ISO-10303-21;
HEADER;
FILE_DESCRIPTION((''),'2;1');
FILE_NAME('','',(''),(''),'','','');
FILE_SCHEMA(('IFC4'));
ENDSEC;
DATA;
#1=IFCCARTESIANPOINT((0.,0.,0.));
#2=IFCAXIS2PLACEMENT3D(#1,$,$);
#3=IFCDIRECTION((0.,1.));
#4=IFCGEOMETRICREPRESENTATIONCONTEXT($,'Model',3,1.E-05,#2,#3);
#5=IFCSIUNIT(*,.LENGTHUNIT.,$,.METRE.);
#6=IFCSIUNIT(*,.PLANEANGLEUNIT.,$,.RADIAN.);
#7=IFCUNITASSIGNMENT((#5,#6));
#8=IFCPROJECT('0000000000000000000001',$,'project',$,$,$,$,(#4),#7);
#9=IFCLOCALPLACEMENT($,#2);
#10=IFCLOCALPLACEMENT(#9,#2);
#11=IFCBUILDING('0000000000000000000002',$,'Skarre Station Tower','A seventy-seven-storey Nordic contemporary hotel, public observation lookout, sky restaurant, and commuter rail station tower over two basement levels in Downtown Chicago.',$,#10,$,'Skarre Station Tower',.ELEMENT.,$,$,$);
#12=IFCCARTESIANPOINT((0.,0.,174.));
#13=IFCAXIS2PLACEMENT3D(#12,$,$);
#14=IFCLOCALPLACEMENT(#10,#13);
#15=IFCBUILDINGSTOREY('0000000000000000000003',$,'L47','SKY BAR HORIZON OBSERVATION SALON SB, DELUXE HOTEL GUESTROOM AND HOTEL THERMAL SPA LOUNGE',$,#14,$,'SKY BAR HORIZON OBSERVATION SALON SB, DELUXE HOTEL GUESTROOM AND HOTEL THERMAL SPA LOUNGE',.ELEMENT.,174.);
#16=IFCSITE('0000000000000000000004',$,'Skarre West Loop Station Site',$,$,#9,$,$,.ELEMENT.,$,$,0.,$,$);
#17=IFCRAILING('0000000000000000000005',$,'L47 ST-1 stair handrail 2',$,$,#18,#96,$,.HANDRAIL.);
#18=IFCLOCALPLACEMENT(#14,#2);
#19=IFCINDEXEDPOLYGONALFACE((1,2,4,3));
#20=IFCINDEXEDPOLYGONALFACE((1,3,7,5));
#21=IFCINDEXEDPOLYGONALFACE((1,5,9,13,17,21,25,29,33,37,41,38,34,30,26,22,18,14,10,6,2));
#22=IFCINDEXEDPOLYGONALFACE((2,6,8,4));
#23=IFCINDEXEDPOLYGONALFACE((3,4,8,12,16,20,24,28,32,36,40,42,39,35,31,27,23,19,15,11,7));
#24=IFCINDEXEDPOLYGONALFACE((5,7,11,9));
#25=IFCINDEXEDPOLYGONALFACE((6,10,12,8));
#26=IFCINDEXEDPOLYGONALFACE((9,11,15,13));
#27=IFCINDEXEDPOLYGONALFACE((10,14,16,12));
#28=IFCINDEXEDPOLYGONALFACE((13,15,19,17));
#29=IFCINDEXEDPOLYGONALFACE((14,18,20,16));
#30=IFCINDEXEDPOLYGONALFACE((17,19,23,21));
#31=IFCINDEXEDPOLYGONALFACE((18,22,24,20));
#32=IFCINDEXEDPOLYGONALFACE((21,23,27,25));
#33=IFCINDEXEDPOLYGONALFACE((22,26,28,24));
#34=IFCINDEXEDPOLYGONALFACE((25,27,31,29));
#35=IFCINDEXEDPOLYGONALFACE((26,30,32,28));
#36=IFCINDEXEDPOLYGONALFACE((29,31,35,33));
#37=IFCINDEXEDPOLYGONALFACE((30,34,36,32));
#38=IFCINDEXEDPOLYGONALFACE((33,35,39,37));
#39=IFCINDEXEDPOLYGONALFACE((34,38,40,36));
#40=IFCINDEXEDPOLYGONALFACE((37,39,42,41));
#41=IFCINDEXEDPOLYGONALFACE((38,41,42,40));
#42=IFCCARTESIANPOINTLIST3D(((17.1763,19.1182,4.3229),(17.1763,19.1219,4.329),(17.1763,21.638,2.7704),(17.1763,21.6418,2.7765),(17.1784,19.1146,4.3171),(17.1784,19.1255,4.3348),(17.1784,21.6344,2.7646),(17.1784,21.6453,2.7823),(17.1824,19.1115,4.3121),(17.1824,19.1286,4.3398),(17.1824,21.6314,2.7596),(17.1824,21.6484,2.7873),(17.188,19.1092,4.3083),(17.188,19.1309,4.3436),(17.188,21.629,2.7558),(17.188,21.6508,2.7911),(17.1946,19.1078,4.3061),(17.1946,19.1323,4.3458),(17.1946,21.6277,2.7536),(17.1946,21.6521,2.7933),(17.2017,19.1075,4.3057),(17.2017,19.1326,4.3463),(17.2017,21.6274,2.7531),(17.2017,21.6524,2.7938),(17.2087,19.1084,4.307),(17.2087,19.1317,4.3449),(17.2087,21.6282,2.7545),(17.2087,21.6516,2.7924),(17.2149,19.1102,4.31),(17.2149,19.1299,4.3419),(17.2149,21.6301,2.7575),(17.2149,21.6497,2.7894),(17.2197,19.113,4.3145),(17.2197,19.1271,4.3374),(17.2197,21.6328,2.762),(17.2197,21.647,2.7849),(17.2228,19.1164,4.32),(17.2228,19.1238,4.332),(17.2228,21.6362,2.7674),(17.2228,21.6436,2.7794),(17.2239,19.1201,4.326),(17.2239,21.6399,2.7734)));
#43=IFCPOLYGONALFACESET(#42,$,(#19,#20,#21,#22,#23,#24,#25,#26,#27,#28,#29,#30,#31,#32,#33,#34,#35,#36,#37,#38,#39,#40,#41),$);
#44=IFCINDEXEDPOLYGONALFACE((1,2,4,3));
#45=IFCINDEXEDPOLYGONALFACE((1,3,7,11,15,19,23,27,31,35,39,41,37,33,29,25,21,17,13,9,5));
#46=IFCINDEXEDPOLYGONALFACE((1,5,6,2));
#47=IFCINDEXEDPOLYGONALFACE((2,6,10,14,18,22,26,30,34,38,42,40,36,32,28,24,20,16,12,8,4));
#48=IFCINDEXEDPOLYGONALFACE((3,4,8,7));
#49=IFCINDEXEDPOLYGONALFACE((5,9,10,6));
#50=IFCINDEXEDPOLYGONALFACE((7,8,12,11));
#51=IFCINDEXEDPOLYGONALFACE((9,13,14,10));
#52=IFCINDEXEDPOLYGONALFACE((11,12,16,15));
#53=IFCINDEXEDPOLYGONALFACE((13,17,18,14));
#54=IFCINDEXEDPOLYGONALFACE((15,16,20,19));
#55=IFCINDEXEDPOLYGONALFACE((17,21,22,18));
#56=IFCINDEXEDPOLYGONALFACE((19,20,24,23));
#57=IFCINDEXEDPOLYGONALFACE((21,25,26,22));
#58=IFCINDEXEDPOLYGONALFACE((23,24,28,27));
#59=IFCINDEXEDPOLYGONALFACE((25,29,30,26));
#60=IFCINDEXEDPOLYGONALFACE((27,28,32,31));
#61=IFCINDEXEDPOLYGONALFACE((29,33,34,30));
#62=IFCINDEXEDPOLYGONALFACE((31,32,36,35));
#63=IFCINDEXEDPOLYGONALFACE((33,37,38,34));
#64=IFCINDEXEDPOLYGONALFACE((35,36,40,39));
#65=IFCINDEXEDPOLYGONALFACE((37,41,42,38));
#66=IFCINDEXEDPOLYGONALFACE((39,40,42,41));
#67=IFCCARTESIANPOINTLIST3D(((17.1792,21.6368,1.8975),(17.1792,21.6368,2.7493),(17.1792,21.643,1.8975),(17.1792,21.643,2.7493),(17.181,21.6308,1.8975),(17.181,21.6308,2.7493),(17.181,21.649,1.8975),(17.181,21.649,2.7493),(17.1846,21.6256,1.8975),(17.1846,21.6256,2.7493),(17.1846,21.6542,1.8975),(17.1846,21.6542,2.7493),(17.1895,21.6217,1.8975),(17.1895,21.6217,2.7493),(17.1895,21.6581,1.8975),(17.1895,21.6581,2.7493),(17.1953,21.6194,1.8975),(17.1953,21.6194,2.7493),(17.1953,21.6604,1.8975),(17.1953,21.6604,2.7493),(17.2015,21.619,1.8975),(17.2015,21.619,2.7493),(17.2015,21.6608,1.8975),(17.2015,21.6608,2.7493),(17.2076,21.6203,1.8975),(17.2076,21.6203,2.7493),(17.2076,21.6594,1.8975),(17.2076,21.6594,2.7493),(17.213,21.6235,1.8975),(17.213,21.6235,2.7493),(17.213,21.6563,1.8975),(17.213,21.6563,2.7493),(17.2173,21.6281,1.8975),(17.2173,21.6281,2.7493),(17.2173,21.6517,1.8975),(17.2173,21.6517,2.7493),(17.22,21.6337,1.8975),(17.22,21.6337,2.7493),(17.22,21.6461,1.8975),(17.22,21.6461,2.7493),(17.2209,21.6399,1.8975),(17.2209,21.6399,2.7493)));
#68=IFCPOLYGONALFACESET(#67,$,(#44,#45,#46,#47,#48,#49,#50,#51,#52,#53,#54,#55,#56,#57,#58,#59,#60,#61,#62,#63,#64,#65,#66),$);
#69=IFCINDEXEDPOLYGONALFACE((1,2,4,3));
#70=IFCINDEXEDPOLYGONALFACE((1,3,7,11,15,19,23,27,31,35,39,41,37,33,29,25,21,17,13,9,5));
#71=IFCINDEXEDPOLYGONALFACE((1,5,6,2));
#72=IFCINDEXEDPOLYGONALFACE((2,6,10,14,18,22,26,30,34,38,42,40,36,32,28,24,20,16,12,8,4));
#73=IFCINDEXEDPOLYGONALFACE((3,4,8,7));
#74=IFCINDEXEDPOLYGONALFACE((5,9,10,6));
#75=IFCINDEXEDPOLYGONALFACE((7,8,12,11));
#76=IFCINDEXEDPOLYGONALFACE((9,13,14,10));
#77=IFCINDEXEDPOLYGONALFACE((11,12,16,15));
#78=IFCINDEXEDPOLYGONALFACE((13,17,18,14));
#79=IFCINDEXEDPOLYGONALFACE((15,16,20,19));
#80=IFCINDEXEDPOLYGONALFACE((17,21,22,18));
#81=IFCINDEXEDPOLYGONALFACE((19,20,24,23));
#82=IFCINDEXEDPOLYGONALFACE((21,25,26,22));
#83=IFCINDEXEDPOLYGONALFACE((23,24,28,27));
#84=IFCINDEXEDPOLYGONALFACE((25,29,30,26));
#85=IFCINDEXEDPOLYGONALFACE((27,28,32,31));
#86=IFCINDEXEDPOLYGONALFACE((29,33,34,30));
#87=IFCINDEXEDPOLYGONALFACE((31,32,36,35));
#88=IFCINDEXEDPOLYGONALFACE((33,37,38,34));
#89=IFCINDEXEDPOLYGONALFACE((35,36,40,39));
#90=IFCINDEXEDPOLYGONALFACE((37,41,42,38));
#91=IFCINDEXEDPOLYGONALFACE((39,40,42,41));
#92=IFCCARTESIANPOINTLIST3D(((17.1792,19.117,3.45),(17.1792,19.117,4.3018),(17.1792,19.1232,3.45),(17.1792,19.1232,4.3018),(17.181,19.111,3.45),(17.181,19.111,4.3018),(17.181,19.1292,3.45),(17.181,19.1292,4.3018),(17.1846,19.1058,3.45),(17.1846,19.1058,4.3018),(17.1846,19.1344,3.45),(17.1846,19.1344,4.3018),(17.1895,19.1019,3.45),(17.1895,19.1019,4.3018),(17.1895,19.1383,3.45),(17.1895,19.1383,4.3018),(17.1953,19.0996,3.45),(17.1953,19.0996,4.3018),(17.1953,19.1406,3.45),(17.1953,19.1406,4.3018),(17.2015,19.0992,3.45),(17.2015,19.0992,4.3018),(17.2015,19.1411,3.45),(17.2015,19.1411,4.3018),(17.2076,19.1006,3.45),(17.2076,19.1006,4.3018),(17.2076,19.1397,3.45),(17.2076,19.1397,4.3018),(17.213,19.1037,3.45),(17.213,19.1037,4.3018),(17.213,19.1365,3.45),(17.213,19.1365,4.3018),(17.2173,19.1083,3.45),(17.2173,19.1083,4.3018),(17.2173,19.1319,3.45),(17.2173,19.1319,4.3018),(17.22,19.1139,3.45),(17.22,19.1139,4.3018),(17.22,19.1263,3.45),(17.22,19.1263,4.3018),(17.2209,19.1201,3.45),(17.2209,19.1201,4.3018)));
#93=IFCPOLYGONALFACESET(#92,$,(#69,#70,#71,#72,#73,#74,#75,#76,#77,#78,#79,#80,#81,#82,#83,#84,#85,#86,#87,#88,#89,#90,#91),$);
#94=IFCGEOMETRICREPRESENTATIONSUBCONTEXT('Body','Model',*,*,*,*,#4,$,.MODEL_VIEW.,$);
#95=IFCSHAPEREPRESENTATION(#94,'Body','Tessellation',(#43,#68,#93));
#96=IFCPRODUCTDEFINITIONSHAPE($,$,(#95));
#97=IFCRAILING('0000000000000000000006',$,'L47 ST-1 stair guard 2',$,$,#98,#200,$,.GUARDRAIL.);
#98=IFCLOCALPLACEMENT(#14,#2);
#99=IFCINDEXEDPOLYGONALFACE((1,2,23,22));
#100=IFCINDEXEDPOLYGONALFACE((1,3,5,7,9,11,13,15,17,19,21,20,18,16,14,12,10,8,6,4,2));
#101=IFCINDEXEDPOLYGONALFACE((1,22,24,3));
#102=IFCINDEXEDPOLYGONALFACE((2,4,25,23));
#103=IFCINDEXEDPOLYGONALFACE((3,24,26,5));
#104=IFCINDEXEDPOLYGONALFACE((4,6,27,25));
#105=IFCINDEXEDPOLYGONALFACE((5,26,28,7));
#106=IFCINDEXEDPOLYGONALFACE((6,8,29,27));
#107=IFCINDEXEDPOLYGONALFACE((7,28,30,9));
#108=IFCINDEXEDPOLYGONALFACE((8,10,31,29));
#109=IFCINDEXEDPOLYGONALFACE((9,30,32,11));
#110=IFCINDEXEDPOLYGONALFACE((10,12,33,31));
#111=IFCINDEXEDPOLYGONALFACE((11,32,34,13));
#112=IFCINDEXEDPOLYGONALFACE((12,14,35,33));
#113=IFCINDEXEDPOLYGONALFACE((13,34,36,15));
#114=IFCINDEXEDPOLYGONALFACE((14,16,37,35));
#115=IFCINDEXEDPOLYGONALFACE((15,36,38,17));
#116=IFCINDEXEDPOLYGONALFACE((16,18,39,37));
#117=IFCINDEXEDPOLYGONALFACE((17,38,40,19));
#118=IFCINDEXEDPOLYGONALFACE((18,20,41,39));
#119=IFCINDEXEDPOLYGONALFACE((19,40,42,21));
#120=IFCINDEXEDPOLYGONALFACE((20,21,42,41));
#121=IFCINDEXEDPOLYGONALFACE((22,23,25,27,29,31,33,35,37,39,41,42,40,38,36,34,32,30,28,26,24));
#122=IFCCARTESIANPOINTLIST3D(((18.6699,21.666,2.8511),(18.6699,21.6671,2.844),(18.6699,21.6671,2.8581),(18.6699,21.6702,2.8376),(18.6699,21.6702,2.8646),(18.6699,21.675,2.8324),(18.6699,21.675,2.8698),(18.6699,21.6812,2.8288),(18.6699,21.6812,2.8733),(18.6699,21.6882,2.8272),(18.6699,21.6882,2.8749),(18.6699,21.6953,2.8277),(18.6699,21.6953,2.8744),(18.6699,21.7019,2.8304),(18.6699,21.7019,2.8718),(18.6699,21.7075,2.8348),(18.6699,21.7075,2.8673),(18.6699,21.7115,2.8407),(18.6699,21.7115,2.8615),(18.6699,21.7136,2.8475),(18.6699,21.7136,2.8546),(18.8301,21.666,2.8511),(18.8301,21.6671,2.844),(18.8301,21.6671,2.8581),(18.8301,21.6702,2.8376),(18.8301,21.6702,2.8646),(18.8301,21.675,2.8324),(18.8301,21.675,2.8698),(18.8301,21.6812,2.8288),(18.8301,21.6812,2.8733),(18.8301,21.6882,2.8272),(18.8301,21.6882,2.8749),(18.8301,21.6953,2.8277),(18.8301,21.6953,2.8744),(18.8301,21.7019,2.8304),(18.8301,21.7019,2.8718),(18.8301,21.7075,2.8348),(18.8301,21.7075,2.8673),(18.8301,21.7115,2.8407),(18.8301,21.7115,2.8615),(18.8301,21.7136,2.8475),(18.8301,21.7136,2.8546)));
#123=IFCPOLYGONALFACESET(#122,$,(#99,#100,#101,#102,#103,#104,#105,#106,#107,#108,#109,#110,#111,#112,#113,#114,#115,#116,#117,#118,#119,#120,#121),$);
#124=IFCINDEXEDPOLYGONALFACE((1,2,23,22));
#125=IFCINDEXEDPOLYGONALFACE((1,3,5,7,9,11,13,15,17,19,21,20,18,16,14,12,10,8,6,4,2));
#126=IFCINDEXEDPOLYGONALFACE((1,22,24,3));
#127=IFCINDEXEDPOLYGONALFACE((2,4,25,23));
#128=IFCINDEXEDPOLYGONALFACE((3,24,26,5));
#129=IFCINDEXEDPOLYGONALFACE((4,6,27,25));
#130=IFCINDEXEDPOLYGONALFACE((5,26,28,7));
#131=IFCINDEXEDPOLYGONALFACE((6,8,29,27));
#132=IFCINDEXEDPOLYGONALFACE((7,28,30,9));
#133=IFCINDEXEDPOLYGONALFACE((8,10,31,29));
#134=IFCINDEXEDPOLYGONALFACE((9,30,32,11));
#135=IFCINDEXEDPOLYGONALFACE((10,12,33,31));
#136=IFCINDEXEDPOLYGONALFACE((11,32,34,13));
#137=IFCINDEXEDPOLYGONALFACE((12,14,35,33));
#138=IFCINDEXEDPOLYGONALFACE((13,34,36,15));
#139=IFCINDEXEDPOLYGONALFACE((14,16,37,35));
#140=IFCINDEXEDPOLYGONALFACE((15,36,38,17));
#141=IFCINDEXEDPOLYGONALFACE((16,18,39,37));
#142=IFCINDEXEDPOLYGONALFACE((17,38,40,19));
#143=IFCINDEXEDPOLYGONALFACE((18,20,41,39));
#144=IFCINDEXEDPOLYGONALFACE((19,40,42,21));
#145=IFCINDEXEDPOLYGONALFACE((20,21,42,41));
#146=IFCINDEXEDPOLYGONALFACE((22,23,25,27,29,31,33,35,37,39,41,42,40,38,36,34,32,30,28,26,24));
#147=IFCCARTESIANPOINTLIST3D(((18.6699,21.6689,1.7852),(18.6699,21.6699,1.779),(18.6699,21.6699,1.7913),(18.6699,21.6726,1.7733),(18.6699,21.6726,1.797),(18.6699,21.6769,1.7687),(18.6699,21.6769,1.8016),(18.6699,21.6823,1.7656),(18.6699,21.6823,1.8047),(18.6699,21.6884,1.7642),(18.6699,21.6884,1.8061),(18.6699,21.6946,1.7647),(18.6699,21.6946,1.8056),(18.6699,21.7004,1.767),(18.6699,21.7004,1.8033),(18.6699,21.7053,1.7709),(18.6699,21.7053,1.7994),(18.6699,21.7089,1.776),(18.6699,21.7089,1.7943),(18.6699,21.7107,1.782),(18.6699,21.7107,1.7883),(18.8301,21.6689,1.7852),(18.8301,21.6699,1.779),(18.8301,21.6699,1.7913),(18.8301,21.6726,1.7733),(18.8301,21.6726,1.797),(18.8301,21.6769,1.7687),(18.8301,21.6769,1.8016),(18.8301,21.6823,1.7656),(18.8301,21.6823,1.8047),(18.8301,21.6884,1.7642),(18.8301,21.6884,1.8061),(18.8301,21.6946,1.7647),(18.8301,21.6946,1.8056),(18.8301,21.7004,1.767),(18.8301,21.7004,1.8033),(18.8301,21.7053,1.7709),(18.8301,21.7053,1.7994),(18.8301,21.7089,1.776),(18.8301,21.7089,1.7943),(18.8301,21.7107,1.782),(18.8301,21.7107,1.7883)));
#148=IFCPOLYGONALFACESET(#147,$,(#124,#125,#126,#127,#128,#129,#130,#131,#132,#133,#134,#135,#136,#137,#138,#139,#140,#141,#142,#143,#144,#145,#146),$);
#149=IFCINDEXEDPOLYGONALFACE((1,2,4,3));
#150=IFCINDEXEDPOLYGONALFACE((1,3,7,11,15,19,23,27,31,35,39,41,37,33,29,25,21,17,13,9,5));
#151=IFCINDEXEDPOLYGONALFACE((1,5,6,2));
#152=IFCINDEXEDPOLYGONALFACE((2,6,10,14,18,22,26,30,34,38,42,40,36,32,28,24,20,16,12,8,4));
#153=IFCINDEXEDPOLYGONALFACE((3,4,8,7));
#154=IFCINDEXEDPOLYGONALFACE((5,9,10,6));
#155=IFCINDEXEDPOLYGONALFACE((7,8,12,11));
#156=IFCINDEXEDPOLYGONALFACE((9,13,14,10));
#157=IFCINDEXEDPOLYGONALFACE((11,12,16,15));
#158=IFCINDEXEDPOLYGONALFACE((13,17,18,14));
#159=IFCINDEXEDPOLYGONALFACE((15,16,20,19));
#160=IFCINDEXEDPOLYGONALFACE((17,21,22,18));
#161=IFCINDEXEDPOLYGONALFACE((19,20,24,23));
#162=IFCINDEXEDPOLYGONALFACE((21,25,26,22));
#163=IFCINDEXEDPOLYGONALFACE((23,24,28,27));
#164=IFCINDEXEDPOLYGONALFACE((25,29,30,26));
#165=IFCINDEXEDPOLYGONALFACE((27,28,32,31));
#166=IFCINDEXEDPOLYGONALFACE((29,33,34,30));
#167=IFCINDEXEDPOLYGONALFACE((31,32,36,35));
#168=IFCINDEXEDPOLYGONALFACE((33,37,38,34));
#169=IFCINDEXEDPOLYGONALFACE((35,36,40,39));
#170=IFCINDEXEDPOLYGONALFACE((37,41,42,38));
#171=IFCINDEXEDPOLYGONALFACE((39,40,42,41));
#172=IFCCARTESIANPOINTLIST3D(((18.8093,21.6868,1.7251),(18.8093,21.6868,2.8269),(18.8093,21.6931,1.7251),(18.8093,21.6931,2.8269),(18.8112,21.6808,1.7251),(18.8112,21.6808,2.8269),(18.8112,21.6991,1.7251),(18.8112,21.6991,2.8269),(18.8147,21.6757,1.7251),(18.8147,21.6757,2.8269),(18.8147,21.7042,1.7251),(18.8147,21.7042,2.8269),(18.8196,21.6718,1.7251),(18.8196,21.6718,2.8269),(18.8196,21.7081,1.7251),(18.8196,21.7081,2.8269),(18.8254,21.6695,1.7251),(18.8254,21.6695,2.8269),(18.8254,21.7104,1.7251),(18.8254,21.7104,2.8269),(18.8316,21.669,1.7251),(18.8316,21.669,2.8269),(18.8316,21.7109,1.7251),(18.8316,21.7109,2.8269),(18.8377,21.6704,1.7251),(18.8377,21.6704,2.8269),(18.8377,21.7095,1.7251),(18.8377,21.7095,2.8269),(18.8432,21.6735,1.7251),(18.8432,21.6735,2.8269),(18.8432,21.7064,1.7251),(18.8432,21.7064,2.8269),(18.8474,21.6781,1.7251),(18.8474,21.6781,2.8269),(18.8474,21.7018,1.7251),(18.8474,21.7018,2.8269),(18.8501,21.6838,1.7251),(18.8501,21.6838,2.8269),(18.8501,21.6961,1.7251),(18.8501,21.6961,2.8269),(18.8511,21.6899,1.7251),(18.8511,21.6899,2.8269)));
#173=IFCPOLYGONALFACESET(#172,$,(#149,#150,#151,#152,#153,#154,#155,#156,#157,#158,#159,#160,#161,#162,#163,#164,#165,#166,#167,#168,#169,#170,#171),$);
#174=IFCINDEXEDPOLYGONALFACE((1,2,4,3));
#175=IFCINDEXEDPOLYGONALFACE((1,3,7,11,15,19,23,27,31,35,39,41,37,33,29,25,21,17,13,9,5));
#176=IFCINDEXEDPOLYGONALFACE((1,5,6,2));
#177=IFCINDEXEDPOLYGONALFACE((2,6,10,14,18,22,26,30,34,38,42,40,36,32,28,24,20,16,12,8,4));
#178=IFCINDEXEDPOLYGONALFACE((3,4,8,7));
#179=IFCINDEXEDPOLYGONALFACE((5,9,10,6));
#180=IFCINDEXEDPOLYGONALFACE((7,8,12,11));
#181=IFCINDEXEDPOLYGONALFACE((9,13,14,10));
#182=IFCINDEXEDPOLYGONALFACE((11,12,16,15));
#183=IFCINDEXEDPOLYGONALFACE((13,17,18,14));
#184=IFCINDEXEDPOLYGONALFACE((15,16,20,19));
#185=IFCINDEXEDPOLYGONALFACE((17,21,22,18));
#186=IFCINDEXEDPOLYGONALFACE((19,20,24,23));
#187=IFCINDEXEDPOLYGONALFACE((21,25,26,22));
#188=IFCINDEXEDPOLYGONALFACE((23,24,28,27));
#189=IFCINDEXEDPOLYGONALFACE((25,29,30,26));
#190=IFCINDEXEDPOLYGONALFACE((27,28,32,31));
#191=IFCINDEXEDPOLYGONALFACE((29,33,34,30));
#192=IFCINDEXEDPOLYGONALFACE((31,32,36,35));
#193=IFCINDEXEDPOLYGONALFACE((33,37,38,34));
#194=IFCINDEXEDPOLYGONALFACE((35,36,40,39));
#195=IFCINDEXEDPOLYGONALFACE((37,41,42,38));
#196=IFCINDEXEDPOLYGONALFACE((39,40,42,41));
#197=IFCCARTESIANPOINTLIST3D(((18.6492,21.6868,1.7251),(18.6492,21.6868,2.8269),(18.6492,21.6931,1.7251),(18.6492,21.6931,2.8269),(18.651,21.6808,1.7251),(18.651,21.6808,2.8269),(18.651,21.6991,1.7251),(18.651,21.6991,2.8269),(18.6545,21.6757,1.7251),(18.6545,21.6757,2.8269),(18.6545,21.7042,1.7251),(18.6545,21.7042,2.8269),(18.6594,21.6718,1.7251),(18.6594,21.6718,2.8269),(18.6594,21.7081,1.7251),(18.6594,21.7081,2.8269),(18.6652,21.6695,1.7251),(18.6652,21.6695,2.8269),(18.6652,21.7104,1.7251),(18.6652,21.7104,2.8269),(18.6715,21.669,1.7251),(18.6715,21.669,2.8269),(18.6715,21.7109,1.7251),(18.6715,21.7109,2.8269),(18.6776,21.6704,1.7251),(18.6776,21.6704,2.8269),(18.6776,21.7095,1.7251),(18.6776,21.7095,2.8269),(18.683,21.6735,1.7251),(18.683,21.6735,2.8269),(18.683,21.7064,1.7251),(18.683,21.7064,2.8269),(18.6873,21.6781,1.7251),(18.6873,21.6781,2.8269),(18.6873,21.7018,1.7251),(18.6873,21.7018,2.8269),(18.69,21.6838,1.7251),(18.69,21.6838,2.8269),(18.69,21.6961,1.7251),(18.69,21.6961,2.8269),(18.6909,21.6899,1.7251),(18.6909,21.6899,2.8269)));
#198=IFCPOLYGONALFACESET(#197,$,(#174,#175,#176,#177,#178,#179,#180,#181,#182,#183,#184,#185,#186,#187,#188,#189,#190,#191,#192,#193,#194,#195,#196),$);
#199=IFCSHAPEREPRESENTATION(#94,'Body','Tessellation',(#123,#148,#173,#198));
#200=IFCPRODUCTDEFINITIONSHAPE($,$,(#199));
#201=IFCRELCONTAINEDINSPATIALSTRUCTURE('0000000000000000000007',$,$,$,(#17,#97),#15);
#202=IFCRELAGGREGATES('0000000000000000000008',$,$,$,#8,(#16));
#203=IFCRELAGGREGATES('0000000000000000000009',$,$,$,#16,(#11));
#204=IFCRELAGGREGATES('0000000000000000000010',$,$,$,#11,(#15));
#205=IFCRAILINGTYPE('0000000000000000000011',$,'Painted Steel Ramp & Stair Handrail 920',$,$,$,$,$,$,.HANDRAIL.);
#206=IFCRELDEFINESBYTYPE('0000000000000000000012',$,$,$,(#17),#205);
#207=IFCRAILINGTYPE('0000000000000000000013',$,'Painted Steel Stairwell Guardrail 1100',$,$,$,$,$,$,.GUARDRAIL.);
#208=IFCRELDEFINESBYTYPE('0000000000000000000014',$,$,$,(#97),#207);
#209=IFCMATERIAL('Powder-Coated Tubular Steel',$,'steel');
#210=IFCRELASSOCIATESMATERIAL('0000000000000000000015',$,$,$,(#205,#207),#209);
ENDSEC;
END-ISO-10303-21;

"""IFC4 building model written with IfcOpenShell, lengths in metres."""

from ifc_helpers import new_model, si_unit, direction, frame, origin, origin_2d, place, context, subcontext, project, spatial, circle, extrude, material, type_object, element, save


model = new_model("IFC4")

# Units and contexts
model_context = context("Model", 3, precision=1e-05, world=origin(), true_north=direction((0.0, 1.0)))
body_context = subcontext(model_context, "Body", "Model", "MODEL_VIEW")
ifc_project = project(units=[si_unit("LENGTHUNIT", "METRE"), si_unit("PLANEANGLEUNIT", "RADIAN")], contexts=[model_context])

# Site, building, storey
site_placement = place(None, origin())
site = spatial("IfcSite", under=ifc_project, at=site_placement, Name="Skarre West Loop Station Site", CompositionType="ELEMENT", RefElevation=0.0)
building_placement = place(site_placement, origin())
building = spatial("IfcBuilding", under=site, at=building_placement, Name="Skarre Station Tower", Description="A seventy-seven-storey Nordic contemporary hotel, public observation lookout, sky restaurant, and commuter rail station tower over two basement levels in Downtown Chicago.", LongName="Skarre Station Tower", CompositionType="ELEMENT")
storey_placement = place(building_placement, frame((0.0, 0.0, 174.0)))
storey = spatial("IfcBuildingStorey", under=building, at=storey_placement, Name="L47", Description="SKY BAR HORIZON OBSERVATION SALON SB, DELUXE HOTEL GUESTROOM AND HOTEL THERMAL SPA LOUNGE", LongName="SKY BAR HORIZON OBSERVATION SALON SB, DELUXE HOTEL GUESTROOM AND HOTEL THERMAL SPA LOUNGE", CompositionType="ELEMENT", Elevation=174.0)

# Railings
ifc_material_1 = material(Name="Powder-Coated Tubular Steel", Category="steel")
railing_type_1 = type_object("IfcRailingType", Name="Painted Steel Ramp & Stair Handrail 920", PredefinedType="HANDRAIL", material=ifc_material_1)
railing_1_placement = place(storey_placement, frame((17.2, 21.6399, 1.8975)))
element("IfcRailing", 1, at=railing_1_placement, inside=storey, type_object=railing_type_1, Name="L47 ST-1 stair handrail 2", PredefinedType="HANDRAIL", context=body_context, shape_type="SweptSolid", body=[
    extrude(circle(Radius=0.0239, at=origin_2d()), frame((0.0, 0.0, 0.876), z_axis=(0.0, -0.851378, 0.524553), x_axis=(1.0, 0.0, 0.0)), (0.0, 0.0, 1.0), 2.9597),
    extrude(circle(Radius=0.021, at=origin_2d()), origin(), (0.0, 0.0, 1.0), 0.8518),
    extrude(circle(Radius=0.021, at=origin_2d()), frame((0.0, -2.5198, 1.5525)), (0.0, 0.0, 1.0), 0.8518),
])
railing_type_2 = type_object("IfcRailingType", Name="Painted Steel Stairwell Guardrail 1100", PredefinedType="GUARDRAIL", material=ifc_material_1)
railing_2_placement = place(storey_placement, frame((18.8301, 21.6899, 1.7251)))
element("IfcRailing", 2, at=railing_2_placement, inside=storey, type_object=railing_type_2, Name="L47 ST-1 stair guard 2", PredefinedType="GUARDRAIL", context=body_context, shape_type="SweptSolid", body=[
    extrude(circle(Radius=0.0239, at=origin_2d()), frame((0.0, 0.0, 1.126), z_axis=(-1.0, 0.0, 0.0), x_axis=(0.0, -1.0, 0.0)), (0.0, 0.0, 1.0), 0.1602),
    extrude(circle(Radius=0.021, at=origin_2d()), frame((0.0, 0.0, 0.0601), z_axis=(-1.0, 0.0, 0.0), x_axis=(0.0, -1.0, 0.0)), (0.0, 0.0, 1.0), 0.1602),
    extrude(circle(Radius=0.021, at=origin_2d()), origin(), (0.0, 0.0, 1.0), 1.1018),
    extrude(circle(Radius=0.021, at=origin_2d()), frame((-0.1602, 0.0, 0.0)), (0.0, 0.0, 1.0), 1.1018),
])

save(model, "model.ifc")
